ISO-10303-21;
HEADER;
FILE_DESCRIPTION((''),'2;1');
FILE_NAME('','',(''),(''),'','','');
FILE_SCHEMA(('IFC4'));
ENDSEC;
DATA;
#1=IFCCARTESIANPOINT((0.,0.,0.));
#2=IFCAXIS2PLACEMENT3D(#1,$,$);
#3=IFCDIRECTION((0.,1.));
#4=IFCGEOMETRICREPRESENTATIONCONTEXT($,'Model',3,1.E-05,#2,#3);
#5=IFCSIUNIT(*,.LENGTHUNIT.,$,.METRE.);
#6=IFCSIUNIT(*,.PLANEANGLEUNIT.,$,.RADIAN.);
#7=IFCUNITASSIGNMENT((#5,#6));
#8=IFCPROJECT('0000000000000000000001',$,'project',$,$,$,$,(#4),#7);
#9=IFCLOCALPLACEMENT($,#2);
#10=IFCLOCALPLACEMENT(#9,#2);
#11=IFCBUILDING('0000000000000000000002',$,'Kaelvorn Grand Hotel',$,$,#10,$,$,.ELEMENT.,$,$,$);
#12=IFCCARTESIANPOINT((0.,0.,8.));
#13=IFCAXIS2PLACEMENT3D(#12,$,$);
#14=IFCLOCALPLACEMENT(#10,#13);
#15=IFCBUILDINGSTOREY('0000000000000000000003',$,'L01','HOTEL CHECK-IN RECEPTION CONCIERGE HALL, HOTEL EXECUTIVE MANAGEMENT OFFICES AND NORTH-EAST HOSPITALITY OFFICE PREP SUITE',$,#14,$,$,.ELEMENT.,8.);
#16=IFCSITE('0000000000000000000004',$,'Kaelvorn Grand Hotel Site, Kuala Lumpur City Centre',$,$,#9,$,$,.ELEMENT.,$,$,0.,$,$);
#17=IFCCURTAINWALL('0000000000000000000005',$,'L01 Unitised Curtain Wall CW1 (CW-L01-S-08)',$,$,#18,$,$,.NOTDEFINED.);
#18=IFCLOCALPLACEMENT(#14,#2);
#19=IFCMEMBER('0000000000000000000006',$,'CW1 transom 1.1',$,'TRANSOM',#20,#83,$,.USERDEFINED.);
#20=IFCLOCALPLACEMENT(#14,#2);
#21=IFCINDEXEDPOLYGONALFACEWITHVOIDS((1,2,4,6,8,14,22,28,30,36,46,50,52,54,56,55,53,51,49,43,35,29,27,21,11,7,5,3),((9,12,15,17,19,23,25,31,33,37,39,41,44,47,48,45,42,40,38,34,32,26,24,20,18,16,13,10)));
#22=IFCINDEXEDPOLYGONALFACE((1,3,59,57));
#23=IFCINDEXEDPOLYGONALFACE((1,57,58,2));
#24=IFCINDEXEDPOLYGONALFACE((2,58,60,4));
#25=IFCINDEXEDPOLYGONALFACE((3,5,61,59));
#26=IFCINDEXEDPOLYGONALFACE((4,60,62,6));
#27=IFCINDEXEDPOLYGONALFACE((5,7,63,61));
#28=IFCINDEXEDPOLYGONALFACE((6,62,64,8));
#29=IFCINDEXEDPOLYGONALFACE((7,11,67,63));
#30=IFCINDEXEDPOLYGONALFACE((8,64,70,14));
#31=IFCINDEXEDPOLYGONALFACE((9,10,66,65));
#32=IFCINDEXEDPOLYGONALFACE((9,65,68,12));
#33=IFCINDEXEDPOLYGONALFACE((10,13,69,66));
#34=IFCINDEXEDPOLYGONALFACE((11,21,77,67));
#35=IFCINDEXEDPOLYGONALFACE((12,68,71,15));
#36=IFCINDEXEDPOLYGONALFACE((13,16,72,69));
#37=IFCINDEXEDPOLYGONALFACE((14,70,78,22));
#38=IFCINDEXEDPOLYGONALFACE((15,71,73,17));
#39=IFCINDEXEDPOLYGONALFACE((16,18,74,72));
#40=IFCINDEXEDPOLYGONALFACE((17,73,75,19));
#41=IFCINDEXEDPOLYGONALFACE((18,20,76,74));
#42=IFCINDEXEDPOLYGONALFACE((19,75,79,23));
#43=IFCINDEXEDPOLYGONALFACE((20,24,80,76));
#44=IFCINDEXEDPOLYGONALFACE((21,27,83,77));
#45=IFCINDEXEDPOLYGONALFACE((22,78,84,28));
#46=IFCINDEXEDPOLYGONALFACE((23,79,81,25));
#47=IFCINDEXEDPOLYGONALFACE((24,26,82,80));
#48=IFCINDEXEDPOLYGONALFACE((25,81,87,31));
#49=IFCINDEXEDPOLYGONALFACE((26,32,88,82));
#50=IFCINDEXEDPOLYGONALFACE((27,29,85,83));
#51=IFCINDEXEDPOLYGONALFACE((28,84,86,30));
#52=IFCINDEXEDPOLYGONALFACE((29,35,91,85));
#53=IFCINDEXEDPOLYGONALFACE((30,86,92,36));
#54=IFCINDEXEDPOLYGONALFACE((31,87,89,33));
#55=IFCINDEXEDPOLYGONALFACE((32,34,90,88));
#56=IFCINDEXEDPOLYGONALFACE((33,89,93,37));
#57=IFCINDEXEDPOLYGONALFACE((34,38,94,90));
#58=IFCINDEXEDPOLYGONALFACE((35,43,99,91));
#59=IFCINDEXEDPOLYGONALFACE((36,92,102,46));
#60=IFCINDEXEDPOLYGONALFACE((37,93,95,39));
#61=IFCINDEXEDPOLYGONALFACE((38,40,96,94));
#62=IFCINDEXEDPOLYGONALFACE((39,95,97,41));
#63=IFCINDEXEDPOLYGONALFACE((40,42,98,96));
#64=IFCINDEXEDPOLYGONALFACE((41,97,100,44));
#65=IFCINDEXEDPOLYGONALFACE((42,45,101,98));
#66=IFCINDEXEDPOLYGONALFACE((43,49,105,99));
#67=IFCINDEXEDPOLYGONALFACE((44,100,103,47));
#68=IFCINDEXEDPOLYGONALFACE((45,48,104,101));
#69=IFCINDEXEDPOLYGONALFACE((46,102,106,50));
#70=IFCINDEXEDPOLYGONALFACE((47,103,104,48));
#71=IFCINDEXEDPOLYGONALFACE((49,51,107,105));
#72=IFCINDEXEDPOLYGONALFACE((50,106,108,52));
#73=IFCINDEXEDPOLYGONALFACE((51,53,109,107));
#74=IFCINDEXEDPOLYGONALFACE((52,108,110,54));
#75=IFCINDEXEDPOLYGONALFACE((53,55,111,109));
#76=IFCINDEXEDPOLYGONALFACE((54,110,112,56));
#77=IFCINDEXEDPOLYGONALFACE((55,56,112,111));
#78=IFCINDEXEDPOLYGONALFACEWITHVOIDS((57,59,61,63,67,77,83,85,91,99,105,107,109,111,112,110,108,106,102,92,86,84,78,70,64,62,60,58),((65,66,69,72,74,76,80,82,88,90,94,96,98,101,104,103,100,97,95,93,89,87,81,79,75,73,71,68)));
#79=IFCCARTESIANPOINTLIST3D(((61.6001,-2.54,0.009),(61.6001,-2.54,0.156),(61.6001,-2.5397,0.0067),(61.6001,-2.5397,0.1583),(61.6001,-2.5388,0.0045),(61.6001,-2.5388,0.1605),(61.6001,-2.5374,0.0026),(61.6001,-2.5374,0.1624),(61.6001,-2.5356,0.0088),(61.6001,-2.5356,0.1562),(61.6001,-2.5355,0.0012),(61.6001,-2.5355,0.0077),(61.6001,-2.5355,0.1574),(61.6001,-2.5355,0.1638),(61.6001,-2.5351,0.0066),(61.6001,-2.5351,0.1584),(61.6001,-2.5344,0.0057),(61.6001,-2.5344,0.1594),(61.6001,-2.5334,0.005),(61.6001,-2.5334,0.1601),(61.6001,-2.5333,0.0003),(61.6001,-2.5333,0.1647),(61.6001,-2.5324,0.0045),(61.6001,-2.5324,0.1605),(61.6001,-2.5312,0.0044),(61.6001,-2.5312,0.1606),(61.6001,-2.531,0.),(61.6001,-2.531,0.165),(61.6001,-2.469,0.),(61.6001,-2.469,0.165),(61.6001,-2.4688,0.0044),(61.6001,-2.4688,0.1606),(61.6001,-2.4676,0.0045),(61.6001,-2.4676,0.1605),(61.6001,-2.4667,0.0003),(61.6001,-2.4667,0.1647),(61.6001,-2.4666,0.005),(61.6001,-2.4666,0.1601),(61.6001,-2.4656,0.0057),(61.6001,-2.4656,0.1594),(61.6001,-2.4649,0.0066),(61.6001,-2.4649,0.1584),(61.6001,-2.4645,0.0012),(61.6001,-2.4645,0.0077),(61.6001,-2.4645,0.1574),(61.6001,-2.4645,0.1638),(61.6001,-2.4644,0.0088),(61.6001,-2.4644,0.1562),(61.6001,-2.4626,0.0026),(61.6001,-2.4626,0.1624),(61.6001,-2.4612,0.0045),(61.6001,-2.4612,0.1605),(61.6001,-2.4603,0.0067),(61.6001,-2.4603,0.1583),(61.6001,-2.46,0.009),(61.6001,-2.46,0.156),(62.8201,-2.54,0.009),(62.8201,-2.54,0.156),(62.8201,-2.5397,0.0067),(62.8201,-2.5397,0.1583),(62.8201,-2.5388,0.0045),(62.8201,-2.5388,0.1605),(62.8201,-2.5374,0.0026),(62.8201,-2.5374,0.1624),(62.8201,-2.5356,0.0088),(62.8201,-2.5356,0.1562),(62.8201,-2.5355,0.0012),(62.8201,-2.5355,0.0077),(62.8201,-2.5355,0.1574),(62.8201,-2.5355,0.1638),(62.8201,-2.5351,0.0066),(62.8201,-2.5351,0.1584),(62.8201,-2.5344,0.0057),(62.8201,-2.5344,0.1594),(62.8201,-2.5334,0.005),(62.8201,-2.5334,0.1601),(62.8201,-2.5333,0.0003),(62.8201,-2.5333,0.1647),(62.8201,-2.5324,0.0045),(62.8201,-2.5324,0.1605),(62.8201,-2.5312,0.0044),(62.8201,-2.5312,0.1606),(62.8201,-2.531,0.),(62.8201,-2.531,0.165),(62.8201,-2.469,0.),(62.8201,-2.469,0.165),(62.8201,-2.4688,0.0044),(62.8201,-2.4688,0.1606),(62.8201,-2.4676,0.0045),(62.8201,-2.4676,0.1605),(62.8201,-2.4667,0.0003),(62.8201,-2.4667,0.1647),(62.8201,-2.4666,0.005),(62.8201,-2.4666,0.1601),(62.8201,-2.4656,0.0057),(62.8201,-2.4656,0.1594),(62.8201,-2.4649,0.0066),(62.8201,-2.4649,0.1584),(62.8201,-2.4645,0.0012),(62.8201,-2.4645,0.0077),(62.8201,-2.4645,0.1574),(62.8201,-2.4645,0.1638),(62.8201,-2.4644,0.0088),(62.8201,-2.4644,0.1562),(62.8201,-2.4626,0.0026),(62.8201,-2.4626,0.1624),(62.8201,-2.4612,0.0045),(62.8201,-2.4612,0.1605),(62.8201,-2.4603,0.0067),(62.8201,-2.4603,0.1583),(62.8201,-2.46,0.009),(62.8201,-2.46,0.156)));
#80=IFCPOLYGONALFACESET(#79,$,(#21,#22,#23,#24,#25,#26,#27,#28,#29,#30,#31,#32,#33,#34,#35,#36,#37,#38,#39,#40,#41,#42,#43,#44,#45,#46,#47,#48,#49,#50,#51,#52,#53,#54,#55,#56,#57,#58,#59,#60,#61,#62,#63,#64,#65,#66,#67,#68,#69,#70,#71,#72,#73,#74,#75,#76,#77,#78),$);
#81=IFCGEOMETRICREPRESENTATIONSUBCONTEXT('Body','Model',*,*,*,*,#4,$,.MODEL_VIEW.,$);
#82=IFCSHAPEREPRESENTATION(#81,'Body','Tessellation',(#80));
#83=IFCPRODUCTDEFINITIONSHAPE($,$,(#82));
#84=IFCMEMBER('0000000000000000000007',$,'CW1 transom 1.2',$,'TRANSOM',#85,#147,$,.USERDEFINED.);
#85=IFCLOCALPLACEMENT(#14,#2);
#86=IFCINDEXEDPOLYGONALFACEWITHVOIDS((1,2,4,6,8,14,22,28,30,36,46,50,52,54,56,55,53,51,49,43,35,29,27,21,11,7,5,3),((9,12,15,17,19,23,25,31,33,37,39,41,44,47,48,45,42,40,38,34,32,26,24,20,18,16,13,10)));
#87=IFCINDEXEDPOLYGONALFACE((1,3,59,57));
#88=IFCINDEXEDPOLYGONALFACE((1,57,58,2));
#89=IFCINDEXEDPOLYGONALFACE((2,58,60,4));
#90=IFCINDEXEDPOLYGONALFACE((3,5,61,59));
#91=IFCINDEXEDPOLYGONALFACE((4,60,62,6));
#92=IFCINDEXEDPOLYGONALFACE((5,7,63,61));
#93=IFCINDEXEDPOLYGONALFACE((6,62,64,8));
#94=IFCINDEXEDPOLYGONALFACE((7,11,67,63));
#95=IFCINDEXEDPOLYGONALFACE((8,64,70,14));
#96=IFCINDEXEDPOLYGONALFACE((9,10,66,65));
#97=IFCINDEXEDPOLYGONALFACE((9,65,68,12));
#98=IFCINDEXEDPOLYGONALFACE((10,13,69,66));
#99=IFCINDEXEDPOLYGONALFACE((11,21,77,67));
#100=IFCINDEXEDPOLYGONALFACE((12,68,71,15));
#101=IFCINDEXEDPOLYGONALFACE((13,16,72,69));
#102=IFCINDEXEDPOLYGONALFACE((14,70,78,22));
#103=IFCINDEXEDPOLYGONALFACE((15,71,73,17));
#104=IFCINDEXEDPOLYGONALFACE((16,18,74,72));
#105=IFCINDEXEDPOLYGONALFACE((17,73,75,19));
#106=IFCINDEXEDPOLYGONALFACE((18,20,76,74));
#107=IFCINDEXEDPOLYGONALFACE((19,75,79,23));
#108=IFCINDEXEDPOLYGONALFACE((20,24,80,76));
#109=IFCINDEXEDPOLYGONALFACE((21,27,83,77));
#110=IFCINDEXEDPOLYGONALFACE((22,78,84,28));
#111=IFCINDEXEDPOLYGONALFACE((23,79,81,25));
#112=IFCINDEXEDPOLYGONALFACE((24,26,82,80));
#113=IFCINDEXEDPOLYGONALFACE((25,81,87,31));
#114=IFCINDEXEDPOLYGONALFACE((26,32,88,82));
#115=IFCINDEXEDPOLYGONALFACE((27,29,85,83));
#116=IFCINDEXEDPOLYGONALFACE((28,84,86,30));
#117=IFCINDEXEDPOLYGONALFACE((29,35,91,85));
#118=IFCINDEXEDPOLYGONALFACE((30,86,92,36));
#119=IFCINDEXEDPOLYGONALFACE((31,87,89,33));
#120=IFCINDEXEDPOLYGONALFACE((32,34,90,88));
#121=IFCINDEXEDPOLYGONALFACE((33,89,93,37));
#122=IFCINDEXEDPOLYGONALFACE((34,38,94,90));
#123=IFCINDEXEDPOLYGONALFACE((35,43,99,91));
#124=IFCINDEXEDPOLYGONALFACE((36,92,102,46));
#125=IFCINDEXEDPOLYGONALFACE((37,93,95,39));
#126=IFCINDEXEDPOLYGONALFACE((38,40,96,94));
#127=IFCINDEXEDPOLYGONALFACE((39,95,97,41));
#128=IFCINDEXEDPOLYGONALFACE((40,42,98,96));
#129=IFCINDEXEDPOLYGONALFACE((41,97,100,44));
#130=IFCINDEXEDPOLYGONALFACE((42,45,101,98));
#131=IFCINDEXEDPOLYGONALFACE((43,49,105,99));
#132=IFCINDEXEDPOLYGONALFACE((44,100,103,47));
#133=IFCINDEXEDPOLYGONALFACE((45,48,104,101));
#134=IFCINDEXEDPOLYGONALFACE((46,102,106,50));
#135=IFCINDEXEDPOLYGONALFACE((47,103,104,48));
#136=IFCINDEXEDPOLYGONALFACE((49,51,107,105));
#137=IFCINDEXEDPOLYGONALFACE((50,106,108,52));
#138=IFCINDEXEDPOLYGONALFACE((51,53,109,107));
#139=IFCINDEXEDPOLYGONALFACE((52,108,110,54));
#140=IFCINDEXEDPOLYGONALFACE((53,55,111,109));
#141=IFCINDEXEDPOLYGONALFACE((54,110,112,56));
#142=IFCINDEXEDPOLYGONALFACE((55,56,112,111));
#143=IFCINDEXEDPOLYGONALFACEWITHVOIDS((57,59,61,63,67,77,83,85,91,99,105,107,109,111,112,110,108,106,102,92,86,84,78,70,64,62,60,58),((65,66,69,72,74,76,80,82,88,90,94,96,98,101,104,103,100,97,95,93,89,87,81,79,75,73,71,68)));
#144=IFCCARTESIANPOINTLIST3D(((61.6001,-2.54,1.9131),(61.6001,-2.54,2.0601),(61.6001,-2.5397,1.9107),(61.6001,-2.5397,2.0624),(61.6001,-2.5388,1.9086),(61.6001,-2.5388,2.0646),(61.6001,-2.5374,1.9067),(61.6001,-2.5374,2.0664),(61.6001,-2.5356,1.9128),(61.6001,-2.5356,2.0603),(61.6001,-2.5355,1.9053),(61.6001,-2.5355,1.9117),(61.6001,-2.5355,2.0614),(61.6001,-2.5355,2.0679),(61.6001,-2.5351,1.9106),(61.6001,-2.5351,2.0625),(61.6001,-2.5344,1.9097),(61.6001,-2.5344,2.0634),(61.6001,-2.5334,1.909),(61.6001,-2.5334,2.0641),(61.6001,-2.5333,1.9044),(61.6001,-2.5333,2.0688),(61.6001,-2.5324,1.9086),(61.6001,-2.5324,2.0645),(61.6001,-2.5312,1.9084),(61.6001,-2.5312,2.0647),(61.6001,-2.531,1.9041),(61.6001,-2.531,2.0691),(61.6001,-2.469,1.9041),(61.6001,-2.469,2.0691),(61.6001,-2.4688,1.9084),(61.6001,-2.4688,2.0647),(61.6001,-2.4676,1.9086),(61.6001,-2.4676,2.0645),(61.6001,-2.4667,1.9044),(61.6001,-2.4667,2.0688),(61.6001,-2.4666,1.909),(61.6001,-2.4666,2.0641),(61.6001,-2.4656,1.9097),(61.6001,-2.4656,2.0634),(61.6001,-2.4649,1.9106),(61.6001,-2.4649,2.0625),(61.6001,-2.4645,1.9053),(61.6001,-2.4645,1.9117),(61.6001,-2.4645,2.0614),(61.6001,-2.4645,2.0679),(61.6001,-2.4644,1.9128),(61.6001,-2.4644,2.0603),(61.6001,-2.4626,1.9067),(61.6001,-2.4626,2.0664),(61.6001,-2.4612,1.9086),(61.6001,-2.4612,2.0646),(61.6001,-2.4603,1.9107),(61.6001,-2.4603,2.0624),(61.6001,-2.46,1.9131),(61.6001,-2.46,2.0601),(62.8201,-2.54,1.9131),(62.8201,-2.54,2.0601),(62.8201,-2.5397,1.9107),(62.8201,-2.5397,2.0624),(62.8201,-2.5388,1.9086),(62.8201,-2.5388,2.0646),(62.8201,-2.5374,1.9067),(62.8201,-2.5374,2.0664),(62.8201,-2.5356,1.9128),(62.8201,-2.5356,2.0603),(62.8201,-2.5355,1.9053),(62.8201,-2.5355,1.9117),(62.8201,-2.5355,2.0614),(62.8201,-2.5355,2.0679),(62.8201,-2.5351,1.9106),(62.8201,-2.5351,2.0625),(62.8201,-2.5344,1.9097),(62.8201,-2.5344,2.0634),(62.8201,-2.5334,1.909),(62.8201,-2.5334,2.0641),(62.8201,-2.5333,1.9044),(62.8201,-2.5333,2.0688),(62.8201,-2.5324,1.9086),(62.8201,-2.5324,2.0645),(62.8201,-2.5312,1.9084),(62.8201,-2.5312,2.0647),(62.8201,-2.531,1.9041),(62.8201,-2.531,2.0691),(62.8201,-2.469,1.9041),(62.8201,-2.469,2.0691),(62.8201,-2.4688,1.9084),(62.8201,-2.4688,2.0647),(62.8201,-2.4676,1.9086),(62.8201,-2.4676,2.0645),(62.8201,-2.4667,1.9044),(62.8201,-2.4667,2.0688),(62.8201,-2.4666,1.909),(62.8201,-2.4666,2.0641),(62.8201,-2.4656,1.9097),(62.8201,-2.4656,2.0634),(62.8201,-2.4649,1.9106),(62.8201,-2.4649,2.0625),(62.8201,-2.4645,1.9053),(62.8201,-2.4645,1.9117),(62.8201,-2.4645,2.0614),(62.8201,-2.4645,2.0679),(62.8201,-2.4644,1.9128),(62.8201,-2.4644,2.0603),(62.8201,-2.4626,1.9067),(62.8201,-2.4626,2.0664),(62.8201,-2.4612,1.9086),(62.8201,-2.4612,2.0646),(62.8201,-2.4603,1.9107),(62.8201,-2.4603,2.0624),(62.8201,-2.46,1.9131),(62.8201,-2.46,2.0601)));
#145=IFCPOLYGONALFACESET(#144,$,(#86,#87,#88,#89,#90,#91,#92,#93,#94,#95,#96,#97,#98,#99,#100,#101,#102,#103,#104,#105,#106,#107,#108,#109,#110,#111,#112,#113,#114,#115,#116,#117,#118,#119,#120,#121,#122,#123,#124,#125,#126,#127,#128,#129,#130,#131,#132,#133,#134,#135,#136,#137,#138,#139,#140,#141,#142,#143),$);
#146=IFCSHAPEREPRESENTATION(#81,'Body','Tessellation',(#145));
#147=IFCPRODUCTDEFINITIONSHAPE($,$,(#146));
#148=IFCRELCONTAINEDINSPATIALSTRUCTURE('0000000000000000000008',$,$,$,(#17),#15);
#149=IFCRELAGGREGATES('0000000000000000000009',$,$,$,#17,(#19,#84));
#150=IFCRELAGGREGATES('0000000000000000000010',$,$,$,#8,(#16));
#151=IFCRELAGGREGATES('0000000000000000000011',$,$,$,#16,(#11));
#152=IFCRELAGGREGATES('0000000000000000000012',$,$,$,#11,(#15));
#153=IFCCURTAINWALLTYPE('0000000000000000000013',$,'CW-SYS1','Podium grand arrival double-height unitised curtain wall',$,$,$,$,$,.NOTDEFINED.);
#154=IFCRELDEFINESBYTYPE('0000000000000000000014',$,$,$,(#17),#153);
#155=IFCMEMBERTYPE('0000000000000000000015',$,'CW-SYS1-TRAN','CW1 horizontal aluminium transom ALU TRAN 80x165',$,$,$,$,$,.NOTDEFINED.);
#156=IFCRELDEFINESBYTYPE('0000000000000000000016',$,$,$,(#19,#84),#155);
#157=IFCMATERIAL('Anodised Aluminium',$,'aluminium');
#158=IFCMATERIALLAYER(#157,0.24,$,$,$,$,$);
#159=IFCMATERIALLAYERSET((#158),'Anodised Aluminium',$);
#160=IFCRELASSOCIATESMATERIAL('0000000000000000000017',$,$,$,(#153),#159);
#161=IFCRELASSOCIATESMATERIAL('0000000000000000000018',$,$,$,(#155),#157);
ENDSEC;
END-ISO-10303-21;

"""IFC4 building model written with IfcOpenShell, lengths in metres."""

from ifc_helpers import new_model, si_unit, direction, frame, origin, origin_2d, place, context, subcontext, project, spatial, hollow_rectangle, extrude, material, layer, layer_set, material_profile, profile_set, type_object, element, aggregate, save


model = new_model("IFC4")

# Units and contexts
model_context = context("Model", 3, precision=1e-05, world=origin(), true_north=direction((0.0, 1.0)))
body_context = subcontext(model_context, "Body", "Model", "MODEL_VIEW")
ifc_project = project(units=[si_unit("LENGTHUNIT", "METRE"), si_unit("PLANEANGLEUNIT", "RADIAN")], contexts=[model_context])

# Site, building, storey
site_placement = place(None, origin())
site = spatial("IfcSite", under=ifc_project, at=site_placement, Name="Kaelvorn Grand Hotel Site, Kuala Lumpur City Centre", CompositionType="ELEMENT", RefElevation=0.0)
building_placement = place(site_placement, origin())
building = spatial("IfcBuilding", under=site, at=building_placement, Name="Kaelvorn Grand Hotel", CompositionType="ELEMENT")
storey_placement = place(building_placement, frame((0.0, 0.0, 8.0)))
storey = spatial("IfcBuildingStorey", under=building, at=storey_placement, Name="L01", Description="HOTEL CHECK-IN RECEPTION CONCIERGE HALL, HOTEL EXECUTIVE MANAGEMENT OFFICES AND NORTH-EAST HOSPITALITY OFFICE PREP SUITE", CompositionType="ELEMENT", Elevation=8.0)

# Curtain wall
ifc_material_1 = material(Name="Anodised Aluminium", Category="aluminium")
ifc_layer_1 = layer(ifc_material_1, 0.24)
ifc_layer_set_1 = layer_set([ifc_layer_1], Name="Anodised Aluminium")
curtain_wall_type = type_object("IfcCurtainWallType", Name="CW-SYS1", Description="Podium grand arrival double-height unitised curtain wall", PredefinedType="NOTDEFINED", material=ifc_layer_set_1)
curtain_wall_1_placement = place(storey_placement, origin())
curtain_wall_1 = element("IfcCurtainWall", 1, at=curtain_wall_1_placement, inside=storey, type_object=curtain_wall_type, Name="L01 Unitised Curtain Wall CW1 (CW-L01-S-08)", PredefinedType="NOTDEFINED")

# Members
ifc_material_profile_1 = material_profile(ifc_material_1, hollow_rectangle(XDim=0.0801, YDim=0.165, WallThickness=0.0044, InnerFilletRadius=0.0044, OuterFilletRadius=0.009, at=origin_2d()), Name="ALU TRAN 80x165")
ifc_profile_set_1 = profile_set([ifc_material_profile_1], Name="Anodised Aluminium")
member_type_1 = type_object("IfcMemberType", Name="CW-SYS1-TRAN", Description="CW1 horizontal aluminium transom ALU TRAN 80x165", PredefinedType="NOTDEFINED", material=ifc_profile_set_1)
member_1_placement = place(storey_placement, frame((61.6001, -2.5, 0.0825), z_axis=(1.0, 0.0, 0.0), x_axis=(0.0, 1.0, 0.0)))
member_1 = element("IfcMember", 2, at=member_1_placement, type_object=member_type_1, Name="CW1 transom 1.1", ObjectType="TRANSOM", PredefinedType="USERDEFINED", context=body_context, shape_type="SweptSolid", body=[
    extrude(hollow_rectangle(XDim=0.0801, YDim=0.165, WallThickness=0.0044, InnerFilletRadius=0.0044, OuterFilletRadius=0.009, at=origin_2d()), origin(), (0.0, 0.0, 1.0), 1.22),
])
member_2_placement = place(storey_placement, frame((61.6001, -2.5, 1.9866), z_axis=(1.0, 0.0, 0.0), x_axis=(0.0, 1.0, 0.0)))
member_2 = element("IfcMember", 3, at=member_2_placement, type_object=member_type_1, Name="CW1 transom 1.2", ObjectType="TRANSOM", PredefinedType="USERDEFINED", context=body_context, shape_type="SweptSolid", body=[
    extrude(hollow_rectangle(XDim=0.0801, YDim=0.165, WallThickness=0.0044, InnerFilletRadius=0.0044, OuterFilletRadius=0.009, at=origin_2d()), origin(), (0.0, 0.0, 1.0), 1.22),
])

aggregate(curtain_wall_1, [member_1, member_2])

save(model, "model.ifc")
